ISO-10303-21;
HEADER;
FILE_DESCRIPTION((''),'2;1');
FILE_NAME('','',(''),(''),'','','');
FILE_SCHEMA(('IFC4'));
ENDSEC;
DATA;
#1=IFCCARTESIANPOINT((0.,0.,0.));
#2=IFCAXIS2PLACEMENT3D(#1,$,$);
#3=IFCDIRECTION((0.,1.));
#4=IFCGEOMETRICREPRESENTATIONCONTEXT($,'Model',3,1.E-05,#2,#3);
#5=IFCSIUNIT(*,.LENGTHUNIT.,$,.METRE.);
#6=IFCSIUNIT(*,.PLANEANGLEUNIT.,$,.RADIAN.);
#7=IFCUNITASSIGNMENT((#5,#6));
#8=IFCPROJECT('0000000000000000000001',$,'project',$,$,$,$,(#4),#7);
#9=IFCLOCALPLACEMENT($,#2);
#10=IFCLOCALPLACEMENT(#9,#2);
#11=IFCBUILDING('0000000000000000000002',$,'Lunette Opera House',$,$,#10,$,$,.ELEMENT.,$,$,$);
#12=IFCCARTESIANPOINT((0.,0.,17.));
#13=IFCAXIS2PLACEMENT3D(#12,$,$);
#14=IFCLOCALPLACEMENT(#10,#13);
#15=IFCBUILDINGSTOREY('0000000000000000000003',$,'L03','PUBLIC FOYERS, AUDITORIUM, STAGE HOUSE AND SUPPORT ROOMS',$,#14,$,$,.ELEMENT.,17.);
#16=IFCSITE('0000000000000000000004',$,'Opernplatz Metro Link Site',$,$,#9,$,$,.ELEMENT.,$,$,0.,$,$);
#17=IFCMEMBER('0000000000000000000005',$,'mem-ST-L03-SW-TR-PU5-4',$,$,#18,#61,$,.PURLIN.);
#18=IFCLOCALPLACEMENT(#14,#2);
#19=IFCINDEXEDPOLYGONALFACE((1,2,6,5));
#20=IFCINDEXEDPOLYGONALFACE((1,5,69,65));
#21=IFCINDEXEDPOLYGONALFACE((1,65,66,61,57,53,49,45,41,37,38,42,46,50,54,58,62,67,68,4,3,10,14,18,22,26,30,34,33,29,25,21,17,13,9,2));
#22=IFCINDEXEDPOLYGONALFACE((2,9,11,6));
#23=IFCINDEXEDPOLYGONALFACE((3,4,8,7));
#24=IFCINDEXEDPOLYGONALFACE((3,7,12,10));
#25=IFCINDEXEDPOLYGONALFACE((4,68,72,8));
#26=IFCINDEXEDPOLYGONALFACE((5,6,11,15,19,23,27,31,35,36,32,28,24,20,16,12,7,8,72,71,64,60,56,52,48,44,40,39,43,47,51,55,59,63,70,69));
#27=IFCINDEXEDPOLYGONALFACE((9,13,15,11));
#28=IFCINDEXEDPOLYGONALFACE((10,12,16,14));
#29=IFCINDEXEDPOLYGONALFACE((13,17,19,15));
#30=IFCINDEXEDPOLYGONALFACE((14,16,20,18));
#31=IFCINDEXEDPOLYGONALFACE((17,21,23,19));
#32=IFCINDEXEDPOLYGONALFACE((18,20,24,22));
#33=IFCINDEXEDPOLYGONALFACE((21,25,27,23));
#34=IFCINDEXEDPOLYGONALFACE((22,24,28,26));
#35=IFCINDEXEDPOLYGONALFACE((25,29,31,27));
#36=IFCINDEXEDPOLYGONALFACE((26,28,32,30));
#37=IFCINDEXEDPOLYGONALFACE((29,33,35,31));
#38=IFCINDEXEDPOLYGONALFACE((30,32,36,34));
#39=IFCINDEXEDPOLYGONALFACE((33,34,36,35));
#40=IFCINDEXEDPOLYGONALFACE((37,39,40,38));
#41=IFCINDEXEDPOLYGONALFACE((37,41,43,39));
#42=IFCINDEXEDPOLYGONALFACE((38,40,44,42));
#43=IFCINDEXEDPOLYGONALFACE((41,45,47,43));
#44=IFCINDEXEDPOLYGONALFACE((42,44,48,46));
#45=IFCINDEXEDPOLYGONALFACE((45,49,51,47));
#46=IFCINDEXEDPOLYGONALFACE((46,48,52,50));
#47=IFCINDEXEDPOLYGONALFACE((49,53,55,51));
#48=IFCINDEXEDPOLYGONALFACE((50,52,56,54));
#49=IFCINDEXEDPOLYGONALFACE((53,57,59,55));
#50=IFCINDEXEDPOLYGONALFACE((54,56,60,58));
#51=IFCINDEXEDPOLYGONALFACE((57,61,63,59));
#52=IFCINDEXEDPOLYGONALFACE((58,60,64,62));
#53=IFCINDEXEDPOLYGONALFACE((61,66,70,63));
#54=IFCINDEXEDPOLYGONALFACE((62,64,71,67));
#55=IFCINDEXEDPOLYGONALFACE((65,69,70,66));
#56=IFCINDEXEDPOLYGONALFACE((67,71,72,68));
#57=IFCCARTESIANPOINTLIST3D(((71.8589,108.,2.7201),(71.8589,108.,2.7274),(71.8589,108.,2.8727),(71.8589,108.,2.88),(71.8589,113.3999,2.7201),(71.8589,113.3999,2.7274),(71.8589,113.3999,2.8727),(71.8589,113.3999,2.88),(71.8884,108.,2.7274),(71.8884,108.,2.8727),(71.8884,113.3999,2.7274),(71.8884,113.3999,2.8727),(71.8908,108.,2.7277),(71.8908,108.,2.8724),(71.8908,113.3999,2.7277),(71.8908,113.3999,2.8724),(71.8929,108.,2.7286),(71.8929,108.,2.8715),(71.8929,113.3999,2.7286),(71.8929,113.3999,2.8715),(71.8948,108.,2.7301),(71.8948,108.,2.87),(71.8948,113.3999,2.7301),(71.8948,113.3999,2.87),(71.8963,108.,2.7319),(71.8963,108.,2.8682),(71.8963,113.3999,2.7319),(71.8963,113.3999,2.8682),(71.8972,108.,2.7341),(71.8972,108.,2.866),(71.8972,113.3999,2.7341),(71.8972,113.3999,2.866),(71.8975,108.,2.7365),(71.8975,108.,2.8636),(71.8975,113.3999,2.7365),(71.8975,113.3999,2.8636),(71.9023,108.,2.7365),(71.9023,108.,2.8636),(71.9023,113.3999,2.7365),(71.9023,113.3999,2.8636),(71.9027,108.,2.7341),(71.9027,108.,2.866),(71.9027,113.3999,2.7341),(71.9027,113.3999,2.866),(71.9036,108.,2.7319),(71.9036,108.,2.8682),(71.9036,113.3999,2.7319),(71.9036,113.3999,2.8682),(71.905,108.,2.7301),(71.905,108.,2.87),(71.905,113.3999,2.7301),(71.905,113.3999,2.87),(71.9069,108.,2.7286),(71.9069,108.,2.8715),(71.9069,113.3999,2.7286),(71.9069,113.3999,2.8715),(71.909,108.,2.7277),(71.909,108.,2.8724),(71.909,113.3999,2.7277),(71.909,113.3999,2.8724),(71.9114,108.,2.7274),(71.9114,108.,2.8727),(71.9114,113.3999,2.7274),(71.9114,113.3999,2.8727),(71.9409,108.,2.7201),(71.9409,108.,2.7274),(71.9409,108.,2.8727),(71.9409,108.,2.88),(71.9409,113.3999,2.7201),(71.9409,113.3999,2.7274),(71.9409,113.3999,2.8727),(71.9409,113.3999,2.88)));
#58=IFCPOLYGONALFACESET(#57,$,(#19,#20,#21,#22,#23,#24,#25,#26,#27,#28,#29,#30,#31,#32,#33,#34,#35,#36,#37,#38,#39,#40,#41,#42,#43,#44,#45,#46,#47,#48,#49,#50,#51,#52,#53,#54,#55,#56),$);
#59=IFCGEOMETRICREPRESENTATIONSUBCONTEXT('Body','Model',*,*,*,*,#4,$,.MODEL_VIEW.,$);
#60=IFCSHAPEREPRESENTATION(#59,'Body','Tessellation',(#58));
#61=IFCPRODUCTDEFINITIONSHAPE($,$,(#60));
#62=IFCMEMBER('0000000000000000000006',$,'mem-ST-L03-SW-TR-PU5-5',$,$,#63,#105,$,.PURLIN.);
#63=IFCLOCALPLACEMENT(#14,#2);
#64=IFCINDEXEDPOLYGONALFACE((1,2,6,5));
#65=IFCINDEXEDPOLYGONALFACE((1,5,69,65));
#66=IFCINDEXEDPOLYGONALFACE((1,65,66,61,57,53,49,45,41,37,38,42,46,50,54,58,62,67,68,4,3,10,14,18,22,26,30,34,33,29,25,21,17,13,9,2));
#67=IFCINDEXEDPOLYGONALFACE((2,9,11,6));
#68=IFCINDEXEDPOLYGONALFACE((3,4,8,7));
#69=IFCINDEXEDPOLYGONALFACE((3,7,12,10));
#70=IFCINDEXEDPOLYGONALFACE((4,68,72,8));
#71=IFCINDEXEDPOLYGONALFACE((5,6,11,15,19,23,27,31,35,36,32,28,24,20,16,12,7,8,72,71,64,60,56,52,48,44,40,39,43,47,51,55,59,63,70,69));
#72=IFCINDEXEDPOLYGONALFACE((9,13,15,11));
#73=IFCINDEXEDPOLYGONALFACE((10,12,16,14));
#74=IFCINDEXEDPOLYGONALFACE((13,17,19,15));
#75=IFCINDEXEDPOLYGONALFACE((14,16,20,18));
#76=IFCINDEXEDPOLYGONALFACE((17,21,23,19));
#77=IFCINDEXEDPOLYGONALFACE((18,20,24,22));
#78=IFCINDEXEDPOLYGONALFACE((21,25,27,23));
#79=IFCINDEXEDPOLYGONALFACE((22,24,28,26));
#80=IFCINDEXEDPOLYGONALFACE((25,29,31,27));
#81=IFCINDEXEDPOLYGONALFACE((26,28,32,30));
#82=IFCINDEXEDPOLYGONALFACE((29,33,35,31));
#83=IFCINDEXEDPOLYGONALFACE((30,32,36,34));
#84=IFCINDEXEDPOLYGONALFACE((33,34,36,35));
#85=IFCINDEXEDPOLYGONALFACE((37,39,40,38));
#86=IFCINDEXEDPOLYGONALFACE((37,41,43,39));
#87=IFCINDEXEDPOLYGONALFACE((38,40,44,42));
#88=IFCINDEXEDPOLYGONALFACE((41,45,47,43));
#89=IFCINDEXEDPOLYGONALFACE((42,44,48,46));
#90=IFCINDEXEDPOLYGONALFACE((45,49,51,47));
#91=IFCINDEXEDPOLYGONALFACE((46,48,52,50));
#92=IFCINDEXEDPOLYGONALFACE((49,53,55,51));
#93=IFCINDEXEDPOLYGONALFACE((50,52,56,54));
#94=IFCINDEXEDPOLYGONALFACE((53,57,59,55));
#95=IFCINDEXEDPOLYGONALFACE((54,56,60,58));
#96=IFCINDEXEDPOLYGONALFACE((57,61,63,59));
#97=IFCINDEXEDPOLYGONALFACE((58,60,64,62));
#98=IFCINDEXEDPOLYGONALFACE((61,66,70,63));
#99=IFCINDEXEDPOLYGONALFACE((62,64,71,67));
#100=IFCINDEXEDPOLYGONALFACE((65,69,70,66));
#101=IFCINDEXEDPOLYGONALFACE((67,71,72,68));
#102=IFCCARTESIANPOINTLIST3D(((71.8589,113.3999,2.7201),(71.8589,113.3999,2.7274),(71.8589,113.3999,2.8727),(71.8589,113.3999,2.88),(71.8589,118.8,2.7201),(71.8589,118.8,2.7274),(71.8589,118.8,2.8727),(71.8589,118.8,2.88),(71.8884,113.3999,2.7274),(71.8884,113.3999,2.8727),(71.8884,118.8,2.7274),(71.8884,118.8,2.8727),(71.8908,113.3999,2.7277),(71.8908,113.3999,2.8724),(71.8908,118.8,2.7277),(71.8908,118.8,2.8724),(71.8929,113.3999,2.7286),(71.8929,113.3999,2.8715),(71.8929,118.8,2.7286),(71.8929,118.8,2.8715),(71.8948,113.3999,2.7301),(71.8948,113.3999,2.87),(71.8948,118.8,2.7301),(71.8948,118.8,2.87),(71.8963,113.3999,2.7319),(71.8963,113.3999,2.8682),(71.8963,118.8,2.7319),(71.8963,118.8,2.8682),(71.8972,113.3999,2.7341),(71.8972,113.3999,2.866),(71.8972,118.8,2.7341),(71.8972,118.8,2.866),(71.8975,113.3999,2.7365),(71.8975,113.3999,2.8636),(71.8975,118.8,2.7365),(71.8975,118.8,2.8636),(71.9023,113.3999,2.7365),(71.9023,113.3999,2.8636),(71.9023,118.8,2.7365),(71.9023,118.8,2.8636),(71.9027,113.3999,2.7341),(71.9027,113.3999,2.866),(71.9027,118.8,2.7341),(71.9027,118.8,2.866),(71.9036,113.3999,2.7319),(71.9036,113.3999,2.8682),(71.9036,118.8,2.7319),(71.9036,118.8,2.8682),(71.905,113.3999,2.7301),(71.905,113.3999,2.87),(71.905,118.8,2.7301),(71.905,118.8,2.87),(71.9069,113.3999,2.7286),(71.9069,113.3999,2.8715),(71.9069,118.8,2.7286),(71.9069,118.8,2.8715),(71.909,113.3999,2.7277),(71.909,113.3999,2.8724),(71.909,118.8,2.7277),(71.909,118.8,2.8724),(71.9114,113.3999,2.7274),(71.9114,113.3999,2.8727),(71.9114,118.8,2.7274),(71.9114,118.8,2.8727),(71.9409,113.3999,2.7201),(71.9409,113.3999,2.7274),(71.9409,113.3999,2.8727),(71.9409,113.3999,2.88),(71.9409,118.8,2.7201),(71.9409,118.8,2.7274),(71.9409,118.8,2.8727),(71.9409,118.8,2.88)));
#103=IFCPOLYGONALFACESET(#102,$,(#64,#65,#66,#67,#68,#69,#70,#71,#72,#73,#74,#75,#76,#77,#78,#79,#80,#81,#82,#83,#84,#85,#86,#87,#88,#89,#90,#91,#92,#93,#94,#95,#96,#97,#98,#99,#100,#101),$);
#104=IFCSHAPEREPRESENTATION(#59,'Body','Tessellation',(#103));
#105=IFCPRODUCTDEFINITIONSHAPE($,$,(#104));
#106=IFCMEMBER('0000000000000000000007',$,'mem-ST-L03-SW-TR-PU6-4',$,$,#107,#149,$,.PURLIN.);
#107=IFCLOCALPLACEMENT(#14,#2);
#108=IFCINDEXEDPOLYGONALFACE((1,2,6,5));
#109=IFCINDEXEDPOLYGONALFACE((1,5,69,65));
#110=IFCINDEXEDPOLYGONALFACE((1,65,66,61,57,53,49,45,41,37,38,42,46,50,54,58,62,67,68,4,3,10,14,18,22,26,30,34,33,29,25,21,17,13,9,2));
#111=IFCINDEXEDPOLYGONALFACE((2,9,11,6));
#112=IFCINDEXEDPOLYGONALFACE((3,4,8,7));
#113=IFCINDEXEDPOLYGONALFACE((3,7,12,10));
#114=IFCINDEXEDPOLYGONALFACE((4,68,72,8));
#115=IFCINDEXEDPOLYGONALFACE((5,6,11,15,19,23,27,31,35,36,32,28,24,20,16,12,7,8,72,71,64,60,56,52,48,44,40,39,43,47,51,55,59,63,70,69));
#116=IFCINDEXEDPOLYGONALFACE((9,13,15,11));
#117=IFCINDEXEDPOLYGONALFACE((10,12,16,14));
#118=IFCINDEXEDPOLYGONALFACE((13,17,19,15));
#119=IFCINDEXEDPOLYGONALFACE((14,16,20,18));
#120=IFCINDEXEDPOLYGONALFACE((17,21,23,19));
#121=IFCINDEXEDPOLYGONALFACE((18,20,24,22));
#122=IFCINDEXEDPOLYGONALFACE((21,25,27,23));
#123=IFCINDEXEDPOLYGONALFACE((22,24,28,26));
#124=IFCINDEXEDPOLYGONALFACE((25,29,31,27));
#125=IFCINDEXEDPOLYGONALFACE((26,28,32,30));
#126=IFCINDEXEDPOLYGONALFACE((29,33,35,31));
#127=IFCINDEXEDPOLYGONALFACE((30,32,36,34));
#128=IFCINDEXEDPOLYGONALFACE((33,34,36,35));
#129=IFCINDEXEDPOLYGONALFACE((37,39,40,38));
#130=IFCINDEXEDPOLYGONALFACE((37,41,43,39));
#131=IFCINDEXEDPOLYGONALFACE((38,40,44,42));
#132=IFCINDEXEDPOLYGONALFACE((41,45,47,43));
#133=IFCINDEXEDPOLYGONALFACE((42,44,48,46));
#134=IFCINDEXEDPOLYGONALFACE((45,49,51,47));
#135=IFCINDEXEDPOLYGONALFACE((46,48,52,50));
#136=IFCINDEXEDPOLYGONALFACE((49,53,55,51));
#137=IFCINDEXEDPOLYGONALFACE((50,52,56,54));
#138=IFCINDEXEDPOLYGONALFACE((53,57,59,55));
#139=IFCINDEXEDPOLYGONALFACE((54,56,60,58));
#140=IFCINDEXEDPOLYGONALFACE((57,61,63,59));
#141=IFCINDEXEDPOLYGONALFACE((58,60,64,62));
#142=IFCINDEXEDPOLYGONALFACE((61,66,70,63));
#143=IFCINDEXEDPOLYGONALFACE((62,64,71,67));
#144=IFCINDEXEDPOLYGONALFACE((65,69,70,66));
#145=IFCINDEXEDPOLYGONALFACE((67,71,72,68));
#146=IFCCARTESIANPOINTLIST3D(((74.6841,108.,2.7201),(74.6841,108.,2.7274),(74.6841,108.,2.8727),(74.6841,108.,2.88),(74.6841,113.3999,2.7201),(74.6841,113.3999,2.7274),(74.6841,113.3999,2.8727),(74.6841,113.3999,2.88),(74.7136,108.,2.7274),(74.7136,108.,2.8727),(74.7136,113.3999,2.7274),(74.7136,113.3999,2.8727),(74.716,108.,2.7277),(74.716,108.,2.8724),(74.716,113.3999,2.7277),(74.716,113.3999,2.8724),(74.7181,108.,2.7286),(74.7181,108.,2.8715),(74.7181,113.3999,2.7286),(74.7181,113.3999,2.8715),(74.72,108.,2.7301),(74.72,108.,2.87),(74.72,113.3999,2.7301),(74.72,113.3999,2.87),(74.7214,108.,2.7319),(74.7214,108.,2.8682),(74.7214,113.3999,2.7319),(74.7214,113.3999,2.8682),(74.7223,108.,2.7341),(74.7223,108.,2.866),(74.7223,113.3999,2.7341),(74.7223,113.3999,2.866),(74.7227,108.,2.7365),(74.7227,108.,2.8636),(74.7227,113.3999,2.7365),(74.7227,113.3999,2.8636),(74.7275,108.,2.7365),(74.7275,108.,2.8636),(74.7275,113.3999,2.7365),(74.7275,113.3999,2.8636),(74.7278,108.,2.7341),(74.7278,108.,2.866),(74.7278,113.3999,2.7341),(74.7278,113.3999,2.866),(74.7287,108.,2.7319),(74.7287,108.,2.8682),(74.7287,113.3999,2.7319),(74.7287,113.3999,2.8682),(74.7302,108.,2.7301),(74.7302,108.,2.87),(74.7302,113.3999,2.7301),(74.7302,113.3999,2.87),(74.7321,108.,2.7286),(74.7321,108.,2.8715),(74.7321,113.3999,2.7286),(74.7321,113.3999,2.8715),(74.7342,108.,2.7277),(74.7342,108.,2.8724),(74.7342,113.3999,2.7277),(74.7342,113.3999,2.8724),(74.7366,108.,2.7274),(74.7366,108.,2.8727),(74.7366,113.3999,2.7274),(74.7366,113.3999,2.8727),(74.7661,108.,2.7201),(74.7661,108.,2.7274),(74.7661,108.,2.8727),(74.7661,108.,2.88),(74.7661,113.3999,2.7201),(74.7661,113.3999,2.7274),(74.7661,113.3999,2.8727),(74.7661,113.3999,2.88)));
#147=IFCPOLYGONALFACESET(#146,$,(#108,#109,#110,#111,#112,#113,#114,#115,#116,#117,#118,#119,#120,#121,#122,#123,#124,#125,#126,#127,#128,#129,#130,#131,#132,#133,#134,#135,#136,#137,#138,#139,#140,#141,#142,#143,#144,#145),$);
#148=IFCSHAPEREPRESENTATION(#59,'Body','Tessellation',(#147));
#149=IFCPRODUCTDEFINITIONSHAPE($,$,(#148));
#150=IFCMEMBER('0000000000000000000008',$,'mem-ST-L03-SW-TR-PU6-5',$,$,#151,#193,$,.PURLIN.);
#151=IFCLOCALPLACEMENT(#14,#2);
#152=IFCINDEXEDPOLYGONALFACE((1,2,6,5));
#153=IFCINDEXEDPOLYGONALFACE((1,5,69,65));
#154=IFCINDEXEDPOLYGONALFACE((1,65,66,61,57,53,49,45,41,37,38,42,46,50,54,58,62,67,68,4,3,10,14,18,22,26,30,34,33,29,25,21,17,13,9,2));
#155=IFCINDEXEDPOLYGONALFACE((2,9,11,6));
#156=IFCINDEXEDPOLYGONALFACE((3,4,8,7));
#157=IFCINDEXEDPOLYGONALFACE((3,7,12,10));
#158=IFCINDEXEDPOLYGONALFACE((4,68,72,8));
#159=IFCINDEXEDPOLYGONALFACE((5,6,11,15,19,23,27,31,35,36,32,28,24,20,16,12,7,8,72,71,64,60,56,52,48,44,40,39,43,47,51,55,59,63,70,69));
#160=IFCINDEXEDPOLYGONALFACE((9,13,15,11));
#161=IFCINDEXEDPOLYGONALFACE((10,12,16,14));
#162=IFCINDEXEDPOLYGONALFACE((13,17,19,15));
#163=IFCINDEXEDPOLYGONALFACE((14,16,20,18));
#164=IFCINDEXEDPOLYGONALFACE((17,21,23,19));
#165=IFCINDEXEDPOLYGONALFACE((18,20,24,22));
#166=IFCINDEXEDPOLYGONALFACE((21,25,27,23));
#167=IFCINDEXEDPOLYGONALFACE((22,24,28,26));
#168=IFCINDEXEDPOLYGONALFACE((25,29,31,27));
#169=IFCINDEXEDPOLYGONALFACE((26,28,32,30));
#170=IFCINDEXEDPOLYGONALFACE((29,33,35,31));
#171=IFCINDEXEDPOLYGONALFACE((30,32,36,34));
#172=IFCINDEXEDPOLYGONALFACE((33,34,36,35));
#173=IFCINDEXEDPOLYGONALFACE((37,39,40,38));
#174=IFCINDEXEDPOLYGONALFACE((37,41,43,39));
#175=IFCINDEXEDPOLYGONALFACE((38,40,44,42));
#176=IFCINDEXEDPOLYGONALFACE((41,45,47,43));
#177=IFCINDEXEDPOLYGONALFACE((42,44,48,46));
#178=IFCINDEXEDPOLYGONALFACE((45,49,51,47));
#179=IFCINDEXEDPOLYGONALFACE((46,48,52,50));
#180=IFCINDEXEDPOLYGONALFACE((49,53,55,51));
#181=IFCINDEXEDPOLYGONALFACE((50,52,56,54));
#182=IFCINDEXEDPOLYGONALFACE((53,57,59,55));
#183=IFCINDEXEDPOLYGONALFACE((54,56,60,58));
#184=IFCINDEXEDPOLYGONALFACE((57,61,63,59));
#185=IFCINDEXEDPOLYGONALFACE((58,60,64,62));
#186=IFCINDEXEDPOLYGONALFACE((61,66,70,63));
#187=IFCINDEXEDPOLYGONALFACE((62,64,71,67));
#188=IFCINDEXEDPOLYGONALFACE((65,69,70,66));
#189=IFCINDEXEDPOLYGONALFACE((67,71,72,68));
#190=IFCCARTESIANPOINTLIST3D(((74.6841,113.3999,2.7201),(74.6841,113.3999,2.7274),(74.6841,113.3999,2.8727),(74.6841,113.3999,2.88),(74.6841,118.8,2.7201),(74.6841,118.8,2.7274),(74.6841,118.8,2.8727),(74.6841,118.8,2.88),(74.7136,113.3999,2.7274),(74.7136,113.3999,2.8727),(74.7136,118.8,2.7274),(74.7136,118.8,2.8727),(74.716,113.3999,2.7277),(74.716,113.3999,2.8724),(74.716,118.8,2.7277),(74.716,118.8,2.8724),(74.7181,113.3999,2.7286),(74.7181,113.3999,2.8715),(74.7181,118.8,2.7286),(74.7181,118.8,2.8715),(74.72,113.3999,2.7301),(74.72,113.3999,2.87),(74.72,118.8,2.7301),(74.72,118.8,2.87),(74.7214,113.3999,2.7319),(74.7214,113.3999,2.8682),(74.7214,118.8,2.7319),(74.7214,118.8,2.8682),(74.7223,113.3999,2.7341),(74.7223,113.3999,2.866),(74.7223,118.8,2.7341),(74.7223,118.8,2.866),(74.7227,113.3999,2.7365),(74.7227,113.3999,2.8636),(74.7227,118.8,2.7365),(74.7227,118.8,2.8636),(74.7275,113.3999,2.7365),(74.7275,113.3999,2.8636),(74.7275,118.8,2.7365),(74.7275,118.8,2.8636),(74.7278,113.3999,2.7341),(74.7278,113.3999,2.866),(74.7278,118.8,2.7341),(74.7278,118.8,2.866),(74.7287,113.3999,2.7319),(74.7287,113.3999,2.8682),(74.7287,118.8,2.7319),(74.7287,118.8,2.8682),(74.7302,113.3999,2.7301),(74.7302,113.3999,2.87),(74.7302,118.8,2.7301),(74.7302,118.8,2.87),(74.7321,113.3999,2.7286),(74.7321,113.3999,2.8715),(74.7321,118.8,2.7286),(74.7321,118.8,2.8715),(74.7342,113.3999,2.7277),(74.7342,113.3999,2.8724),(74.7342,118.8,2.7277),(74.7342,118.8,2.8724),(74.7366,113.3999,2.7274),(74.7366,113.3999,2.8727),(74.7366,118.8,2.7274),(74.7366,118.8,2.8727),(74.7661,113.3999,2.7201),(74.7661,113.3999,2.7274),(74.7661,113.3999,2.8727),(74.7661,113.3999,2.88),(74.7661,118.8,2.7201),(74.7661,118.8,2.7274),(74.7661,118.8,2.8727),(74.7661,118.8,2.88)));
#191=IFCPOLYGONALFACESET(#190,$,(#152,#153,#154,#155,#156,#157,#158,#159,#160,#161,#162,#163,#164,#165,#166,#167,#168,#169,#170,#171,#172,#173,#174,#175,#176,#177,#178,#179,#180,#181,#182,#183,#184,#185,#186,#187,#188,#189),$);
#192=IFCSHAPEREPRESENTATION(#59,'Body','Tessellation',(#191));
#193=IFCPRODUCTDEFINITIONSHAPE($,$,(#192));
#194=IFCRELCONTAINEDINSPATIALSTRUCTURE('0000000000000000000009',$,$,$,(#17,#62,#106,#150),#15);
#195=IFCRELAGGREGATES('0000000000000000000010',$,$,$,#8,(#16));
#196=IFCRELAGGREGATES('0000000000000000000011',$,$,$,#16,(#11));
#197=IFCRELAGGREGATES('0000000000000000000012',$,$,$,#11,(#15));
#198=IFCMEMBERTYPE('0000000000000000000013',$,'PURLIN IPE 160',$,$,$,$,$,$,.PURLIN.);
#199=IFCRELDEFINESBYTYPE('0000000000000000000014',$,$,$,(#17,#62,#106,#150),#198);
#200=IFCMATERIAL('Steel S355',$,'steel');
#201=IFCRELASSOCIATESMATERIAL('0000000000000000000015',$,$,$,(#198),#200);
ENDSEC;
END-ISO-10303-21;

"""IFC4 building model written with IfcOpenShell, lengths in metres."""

from ifc_helpers import new_model, si_unit, direction, frame, origin, origin_2d, place, context, subcontext, project, spatial, i_section, extrude, material, material_profile, profile_set, type_object, element, save


model = new_model("IFC4")

# Units and contexts
model_context = context("Model", 3, precision=1e-05, world=origin(), true_north=direction((0.0, 1.0)))
body_context = subcontext(model_context, "Body", "Model", "MODEL_VIEW")
ifc_project = project(units=[si_unit("LENGTHUNIT", "METRE"), si_unit("PLANEANGLEUNIT", "RADIAN")], contexts=[model_context])

# Site, building, storey
site_placement = place(None, origin())
site = spatial("IfcSite", under=ifc_project, at=site_placement, Name="Opernplatz Metro Link Site", CompositionType="ELEMENT", RefElevation=0.0)
building_placement = place(site_placement, origin())
building = spatial("IfcBuilding", under=site, at=building_placement, Name="Lunette Opera House", CompositionType="ELEMENT")
storey_placement = place(building_placement, frame((0.0, 0.0, 17.0)))
storey = spatial("IfcBuildingStorey", under=building, at=storey_placement, Name="L03", Description="PUBLIC FOYERS, AUDITORIUM, STAGE HOUSE AND SUPPORT ROOMS", CompositionType="ELEMENT", Elevation=17.0)

# Members
ifc_material_1 = material(Name="Steel S355", Category="steel")
ifc_material_profile_1 = material_profile(ifc_material_1, i_section(OverallWidth=0.082, OverallDepth=0.1599, WebThickness=0.0049, FlangeThickness=0.0073, FilletRadius=0.009, at=origin_2d()), Name="IPE 160")
ifc_profile_set_1 = profile_set([ifc_material_profile_1], Name="Steel S355")
member_type_1 = type_object("IfcMemberType", Name="PURLIN IPE 160", PredefinedType="PURLIN", material=ifc_profile_set_1)
member_1_placement = place(storey_placement, frame((71.8999, 108.0, 2.8), z_axis=(0.0, 1.0, 0.0), x_axis=(-1.0, 0.0, 0.0)))
element("IfcMember", 1, at=member_1_placement, inside=storey, type_object=member_type_1, Name="mem-ST-L03-SW-TR-PU5-4", PredefinedType="PURLIN", context=body_context, shape_type="SweptSolid", body=[
    extrude(i_section(OverallWidth=0.082, OverallDepth=0.1599, WebThickness=0.0049, FlangeThickness=0.0073, FilletRadius=0.009, at=origin_2d()), origin(), (0.0, 0.0, 1.0), 5.3999),
])
member_2_placement = place(storey_placement, frame((71.8999, 113.3999, 2.8), z_axis=(0.0, 1.0, 0.0), x_axis=(-1.0, 0.0, 0.0)))
element("IfcMember", 2, at=member_2_placement, inside=storey, type_object=member_type_1, Name="mem-ST-L03-SW-TR-PU5-5", PredefinedType="PURLIN", context=body_context, shape_type="SweptSolid", body=[
    extrude(i_section(OverallWidth=0.082, OverallDepth=0.1599, WebThickness=0.0049, FlangeThickness=0.0073, FilletRadius=0.009, at=origin_2d()), origin(), (0.0, 0.0, 1.0), 5.4001),
])
member_3_placement = place(storey_placement, frame((74.7251, 108.0, 2.8), z_axis=(0.0, 1.0, 0.0), x_axis=(-1.0, 0.0, 0.0)))
element("IfcMember", 3, at=member_3_placement, inside=storey, type_object=member_type_1, Name="mem-ST-L03-SW-TR-PU6-4", PredefinedType="PURLIN", context=body_context, shape_type="SweptSolid", body=[
    extrude(i_section(OverallWidth=0.082, OverallDepth=0.1599, WebThickness=0.0049, FlangeThickness=0.0073, FilletRadius=0.009, at=origin_2d()), origin(), (0.0, 0.0, 1.0), 5.3999),
])
member_4_placement = place(storey_placement, frame((74.7251, 113.3999, 2.8), z_axis=(0.0, 1.0, 0.0), x_axis=(-1.0, 0.0, 0.0)))
element("IfcMember", 4, at=member_4_placement, inside=storey, type_object=member_type_1, Name="mem-ST-L03-SW-TR-PU6-5", PredefinedType="PURLIN", context=body_context, shape_type="SweptSolid", body=[
    extrude(i_section(OverallWidth=0.082, OverallDepth=0.1599, WebThickness=0.0049, FlangeThickness=0.0073, FilletRadius=0.009, at=origin_2d()), origin(), (0.0, 0.0, 1.0), 5.4001),
])

save(model, "model.ifc")
